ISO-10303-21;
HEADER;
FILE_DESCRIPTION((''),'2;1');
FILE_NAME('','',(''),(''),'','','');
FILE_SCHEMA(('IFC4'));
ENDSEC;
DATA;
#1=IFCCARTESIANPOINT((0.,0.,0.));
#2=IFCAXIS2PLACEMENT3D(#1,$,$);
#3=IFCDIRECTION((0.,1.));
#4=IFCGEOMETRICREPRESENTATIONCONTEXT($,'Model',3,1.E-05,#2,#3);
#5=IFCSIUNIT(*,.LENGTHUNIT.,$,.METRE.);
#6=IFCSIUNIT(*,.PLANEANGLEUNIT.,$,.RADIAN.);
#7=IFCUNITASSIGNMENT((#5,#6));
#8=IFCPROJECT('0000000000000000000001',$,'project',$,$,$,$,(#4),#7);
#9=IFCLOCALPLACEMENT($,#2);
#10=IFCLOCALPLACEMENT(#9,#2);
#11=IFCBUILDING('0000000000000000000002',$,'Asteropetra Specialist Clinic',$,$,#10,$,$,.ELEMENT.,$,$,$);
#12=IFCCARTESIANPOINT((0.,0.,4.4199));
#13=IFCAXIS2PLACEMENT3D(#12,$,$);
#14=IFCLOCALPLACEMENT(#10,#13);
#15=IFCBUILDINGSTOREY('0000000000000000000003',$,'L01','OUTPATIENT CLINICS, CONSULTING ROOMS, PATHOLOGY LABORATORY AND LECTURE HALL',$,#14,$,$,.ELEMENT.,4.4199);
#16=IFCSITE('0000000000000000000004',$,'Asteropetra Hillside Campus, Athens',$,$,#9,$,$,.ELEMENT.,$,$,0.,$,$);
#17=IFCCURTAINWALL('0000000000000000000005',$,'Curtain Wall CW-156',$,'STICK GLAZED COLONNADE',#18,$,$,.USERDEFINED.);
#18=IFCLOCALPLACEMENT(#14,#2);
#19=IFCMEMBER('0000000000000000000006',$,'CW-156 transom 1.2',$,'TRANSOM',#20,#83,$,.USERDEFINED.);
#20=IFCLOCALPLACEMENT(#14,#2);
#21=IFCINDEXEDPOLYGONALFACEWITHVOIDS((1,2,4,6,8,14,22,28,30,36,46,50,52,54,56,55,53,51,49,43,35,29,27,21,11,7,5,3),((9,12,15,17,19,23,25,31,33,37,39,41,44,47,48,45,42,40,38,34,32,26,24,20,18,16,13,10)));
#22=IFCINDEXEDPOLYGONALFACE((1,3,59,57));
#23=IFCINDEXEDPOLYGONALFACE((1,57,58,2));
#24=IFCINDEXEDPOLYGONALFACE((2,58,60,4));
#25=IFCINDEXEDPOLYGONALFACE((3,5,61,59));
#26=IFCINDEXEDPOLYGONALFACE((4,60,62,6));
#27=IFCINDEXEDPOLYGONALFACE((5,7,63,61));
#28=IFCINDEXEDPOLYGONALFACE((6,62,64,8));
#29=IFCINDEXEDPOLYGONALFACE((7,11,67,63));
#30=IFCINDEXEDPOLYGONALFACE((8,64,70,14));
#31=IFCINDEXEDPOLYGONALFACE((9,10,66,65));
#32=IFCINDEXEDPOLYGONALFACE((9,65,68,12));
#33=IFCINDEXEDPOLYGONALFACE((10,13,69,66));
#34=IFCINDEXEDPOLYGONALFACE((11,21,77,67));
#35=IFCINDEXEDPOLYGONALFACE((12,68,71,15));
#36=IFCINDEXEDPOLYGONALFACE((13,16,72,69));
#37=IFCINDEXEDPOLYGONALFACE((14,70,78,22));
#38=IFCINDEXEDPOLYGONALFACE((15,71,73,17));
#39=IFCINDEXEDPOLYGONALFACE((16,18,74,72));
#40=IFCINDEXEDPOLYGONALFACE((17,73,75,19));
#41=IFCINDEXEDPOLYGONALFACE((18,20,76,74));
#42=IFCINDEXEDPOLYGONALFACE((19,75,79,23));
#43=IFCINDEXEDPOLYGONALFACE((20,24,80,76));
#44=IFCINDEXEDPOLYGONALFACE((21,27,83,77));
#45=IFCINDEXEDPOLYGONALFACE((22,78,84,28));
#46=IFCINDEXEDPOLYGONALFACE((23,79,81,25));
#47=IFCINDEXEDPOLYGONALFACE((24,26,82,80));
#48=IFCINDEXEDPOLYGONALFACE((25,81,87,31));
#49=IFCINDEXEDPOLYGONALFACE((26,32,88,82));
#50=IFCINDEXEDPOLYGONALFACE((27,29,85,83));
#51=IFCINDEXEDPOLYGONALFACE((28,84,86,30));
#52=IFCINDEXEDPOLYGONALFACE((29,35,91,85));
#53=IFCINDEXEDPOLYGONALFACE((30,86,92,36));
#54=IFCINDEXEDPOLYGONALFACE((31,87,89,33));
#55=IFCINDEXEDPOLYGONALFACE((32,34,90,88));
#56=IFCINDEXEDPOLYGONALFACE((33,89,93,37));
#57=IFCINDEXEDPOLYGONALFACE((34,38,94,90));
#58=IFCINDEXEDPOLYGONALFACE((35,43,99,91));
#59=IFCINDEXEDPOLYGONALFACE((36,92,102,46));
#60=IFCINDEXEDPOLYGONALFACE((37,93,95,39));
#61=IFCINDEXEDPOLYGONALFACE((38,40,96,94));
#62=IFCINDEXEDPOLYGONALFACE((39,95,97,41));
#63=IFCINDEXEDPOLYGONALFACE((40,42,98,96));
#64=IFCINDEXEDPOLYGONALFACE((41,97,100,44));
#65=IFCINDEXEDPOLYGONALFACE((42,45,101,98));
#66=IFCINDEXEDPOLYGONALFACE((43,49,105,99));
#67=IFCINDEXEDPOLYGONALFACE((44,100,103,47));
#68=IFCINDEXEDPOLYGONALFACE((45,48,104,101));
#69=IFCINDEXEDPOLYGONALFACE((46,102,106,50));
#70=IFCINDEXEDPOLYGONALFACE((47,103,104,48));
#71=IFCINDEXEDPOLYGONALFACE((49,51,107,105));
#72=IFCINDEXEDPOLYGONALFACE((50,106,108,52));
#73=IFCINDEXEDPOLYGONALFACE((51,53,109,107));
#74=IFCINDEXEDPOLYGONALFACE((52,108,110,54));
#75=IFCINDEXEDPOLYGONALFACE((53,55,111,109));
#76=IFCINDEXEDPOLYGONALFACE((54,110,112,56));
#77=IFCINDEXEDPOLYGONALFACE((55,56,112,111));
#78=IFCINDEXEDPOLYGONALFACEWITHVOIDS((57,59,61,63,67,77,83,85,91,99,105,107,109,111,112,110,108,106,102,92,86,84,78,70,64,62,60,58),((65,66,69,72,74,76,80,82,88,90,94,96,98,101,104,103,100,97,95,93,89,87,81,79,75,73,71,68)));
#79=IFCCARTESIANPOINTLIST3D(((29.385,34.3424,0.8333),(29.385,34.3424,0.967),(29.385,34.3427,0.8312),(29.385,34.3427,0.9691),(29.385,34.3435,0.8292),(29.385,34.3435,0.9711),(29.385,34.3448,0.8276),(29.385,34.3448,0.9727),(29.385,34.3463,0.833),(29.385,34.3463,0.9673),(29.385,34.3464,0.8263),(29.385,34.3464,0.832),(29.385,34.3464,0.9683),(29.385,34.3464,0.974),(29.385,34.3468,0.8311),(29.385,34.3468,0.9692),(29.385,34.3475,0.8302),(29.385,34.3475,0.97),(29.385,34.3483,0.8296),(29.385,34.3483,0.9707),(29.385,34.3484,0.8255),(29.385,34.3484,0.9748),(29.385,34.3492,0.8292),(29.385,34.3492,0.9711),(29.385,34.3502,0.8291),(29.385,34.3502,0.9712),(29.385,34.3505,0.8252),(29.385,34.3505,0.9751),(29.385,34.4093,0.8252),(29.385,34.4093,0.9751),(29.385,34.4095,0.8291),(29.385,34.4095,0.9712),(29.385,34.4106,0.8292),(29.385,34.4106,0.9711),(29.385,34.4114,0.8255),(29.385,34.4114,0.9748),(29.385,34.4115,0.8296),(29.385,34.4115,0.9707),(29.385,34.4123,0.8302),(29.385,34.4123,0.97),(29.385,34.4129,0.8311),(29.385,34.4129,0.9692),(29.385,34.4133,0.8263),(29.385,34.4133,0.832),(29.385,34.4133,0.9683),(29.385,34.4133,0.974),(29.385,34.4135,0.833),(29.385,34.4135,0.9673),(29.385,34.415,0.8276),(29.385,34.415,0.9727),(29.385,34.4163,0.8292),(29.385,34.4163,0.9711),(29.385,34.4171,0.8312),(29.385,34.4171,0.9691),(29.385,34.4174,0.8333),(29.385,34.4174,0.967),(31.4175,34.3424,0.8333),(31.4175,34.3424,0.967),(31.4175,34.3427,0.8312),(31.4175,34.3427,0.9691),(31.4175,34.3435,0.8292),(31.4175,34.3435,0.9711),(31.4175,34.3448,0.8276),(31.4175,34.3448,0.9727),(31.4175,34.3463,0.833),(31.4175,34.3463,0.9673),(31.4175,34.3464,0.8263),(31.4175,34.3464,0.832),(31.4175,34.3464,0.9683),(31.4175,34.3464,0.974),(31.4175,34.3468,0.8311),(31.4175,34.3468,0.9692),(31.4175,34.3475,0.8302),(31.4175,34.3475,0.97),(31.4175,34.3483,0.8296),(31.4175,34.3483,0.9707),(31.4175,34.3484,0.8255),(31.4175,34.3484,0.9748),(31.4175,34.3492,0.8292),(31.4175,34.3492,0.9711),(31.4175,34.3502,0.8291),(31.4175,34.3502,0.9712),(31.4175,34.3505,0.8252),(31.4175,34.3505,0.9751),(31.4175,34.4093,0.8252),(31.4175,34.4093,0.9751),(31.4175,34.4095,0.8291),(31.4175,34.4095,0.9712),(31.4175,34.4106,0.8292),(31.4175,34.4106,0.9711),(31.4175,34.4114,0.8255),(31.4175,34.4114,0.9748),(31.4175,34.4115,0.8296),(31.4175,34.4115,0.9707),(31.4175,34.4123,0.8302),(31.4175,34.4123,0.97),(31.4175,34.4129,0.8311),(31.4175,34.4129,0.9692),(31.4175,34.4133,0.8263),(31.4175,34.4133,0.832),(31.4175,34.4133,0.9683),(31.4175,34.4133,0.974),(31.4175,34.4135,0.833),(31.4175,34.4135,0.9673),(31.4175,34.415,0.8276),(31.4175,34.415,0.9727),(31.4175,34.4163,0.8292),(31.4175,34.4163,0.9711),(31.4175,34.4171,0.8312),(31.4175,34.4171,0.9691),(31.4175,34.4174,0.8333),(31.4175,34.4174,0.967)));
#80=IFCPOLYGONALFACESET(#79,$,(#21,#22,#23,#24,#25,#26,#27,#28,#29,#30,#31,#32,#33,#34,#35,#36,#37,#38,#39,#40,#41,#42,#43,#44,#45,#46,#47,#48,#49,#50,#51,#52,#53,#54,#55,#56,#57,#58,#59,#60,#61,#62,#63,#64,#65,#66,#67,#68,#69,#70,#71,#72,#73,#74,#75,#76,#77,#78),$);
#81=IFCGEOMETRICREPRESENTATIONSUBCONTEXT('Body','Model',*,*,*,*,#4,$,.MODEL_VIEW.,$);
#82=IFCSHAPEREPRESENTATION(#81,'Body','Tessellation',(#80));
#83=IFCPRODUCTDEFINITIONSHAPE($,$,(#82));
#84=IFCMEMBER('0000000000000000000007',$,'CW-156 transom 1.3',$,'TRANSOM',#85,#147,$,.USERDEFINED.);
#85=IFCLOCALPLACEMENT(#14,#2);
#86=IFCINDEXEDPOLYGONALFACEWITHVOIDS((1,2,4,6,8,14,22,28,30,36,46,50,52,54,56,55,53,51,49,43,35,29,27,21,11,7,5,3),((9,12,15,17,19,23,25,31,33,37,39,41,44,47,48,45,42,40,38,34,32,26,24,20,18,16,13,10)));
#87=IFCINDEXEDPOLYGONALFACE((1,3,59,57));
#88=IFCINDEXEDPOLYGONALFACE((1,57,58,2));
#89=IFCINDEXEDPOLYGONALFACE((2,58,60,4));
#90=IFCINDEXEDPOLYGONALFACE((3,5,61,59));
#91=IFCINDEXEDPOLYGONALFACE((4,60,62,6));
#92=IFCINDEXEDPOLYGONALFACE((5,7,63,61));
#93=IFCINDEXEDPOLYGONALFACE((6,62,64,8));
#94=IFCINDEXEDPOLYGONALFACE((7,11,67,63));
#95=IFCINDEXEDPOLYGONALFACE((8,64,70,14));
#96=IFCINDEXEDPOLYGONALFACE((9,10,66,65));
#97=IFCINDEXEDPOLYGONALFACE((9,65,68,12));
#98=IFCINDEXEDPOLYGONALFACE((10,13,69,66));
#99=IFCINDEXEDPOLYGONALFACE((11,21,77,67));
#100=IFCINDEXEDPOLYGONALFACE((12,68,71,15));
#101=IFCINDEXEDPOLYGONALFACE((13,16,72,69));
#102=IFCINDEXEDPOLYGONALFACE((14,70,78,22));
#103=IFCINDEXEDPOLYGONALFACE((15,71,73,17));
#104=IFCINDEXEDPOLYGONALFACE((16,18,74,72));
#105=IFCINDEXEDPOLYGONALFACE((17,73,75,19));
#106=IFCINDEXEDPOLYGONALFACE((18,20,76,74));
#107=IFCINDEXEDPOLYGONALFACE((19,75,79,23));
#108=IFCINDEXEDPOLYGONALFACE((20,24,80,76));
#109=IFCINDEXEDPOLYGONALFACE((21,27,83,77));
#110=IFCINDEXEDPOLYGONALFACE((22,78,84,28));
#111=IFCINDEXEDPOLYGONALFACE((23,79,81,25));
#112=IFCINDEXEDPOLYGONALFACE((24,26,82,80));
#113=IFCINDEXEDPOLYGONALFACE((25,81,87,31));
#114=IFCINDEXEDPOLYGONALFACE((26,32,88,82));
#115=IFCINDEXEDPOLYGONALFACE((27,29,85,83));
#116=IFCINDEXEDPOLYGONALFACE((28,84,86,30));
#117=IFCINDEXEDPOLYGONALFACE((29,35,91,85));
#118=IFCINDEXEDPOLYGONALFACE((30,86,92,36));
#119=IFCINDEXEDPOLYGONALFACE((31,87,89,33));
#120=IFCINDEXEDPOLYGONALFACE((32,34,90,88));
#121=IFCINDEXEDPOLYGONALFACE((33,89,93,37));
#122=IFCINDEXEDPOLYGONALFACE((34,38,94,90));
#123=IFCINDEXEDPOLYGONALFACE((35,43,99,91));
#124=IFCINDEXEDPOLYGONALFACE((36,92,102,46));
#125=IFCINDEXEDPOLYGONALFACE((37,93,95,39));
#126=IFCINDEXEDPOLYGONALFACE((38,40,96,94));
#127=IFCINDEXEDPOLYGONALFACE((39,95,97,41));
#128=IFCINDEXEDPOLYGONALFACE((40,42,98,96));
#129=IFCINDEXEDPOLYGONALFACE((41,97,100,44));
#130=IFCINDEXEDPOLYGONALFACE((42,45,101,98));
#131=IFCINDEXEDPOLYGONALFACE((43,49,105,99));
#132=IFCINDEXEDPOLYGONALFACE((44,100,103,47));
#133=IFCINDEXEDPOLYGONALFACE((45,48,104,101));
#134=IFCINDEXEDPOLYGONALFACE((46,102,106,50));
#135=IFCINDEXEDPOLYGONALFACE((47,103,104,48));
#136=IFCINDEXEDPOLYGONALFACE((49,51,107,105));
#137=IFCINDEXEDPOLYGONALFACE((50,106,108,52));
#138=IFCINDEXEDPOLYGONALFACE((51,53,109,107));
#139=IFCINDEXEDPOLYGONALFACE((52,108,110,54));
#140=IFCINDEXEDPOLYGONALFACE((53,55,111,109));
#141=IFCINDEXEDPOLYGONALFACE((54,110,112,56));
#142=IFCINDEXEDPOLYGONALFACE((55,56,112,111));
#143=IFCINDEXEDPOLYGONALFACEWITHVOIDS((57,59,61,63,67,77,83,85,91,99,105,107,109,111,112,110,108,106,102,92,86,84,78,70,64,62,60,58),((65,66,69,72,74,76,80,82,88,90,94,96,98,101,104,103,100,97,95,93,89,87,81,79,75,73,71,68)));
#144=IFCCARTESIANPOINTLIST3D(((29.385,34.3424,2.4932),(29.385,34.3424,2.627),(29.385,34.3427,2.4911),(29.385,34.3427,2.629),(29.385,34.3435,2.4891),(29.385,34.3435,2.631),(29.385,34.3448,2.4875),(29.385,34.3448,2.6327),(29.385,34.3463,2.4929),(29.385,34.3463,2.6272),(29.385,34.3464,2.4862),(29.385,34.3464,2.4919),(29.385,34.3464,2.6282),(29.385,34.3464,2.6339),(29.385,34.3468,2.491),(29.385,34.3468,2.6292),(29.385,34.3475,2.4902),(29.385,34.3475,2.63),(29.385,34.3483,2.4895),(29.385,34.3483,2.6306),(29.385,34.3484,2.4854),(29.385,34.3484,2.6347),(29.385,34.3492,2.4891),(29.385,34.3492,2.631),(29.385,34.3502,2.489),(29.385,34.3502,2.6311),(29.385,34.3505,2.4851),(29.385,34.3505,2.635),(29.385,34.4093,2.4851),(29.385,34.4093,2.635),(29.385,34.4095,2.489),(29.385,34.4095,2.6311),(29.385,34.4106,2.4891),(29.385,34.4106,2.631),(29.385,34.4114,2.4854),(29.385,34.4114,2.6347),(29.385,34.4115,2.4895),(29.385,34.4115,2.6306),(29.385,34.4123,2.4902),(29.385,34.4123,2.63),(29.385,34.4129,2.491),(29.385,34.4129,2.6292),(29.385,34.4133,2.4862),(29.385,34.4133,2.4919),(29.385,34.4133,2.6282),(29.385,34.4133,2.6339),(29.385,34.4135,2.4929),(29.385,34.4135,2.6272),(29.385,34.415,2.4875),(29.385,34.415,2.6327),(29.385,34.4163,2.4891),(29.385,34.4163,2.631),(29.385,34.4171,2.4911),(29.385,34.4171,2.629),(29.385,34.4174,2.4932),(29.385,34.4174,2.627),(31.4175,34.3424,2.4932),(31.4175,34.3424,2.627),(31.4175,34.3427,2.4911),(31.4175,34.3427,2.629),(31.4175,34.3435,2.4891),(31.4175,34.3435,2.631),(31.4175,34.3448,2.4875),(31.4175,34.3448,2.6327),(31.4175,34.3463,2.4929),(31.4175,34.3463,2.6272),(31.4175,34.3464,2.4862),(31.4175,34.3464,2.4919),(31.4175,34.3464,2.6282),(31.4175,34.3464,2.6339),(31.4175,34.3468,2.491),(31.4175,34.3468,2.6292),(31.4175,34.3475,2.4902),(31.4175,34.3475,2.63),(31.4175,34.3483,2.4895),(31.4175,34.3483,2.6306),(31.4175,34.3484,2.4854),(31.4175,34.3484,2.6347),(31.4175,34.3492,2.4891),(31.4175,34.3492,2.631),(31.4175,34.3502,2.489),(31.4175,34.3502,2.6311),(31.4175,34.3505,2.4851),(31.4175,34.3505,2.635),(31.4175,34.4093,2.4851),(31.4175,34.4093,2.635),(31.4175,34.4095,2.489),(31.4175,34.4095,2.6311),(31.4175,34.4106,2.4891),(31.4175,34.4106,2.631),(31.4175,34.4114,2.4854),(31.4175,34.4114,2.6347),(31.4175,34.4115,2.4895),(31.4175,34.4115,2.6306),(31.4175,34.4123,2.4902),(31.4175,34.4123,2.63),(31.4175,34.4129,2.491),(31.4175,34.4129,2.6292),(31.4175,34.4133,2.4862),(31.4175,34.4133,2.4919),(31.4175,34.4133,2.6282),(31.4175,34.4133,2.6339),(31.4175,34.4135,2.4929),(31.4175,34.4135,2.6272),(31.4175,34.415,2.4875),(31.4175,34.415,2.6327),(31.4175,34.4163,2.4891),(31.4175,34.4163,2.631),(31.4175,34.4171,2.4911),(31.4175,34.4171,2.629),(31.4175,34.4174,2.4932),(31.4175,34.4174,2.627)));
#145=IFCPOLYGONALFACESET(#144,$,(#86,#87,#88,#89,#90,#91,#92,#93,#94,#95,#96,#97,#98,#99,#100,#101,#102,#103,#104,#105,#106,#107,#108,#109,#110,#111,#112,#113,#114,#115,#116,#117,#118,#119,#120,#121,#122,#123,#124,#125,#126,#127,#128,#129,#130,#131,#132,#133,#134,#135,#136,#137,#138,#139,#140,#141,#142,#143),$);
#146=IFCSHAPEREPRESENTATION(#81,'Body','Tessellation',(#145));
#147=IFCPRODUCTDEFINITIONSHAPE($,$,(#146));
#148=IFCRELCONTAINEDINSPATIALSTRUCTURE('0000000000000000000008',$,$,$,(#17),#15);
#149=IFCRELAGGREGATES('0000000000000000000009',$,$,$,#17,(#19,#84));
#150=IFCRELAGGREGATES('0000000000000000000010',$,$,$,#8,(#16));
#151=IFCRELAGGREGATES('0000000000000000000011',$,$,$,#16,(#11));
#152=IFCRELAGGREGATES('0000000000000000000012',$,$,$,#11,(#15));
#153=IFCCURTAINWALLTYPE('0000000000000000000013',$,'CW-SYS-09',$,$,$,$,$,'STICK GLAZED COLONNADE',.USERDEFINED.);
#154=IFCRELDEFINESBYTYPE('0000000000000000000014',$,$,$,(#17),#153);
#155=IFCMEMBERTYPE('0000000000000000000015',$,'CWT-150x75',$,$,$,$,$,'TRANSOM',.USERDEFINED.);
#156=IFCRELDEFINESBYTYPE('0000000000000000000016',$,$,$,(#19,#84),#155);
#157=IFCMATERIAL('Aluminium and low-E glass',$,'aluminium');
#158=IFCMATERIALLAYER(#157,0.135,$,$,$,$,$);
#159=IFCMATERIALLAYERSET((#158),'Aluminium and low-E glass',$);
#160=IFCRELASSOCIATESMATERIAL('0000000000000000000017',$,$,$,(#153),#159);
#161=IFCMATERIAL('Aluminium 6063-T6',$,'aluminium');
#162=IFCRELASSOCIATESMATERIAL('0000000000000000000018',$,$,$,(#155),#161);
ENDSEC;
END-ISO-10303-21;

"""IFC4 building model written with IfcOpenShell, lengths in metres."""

from ifc_helpers import new_model, si_unit, direction, frame, origin, origin_2d, place, context, subcontext, project, spatial, hollow_rectangle, extrude, material, layer, layer_set, material_profile, profile_set, type_object, element, aggregate, save


model = new_model("IFC4")

# Units and contexts
model_context = context("Model", 3, precision=1e-05, world=origin(), true_north=direction((0.0, 1.0)))
body_context = subcontext(model_context, "Body", "Model", "MODEL_VIEW")
ifc_project = project(units=[si_unit("LENGTHUNIT", "METRE"), si_unit("PLANEANGLEUNIT", "RADIAN")], contexts=[model_context])

# Site, building, storey
site_placement = place(None, origin())
site = spatial("IfcSite", under=ifc_project, at=site_placement, Name="Asteropetra Hillside Campus, Athens", CompositionType="ELEMENT", RefElevation=0.0)
building_placement = place(site_placement, origin())
building = spatial("IfcBuilding", under=site, at=building_placement, Name="Asteropetra Specialist Clinic", CompositionType="ELEMENT")
storey_placement = place(building_placement, frame((0.0, 0.0, 4.4199)))
storey = spatial("IfcBuildingStorey", under=building, at=storey_placement, Name="L01", Description="OUTPATIENT CLINICS, CONSULTING ROOMS, PATHOLOGY LABORATORY AND LECTURE HALL", CompositionType="ELEMENT", Elevation=4.4199)

# Curtain wall, members
ifc_material_1 = material(Name="Aluminium and low-E glass", Category="aluminium")
ifc_layer_1 = layer(ifc_material_1, 0.135)
ifc_layer_set_1 = layer_set([ifc_layer_1], Name="Aluminium and low-E glass")
curtain_wall_type = type_object("IfcCurtainWallType", Name="CW-SYS-09", ElementType="STICK GLAZED COLONNADE", PredefinedType="USERDEFINED", material=ifc_layer_set_1)
curtain_wall_placement = place(storey_placement, origin())
curtain_wall = element("IfcCurtainWall", 1, at=curtain_wall_placement, inside=storey, type_object=curtain_wall_type, Name="Curtain Wall CW-156", ObjectType="STICK GLAZED COLONNADE", PredefinedType="USERDEFINED")
ifc_material_2 = material(Name="Aluminium 6063-T6", Category="aluminium")
ifc_material_profile_1 = material_profile(ifc_material_2, hollow_rectangle(XDim=0.075, YDim=0.1499, WallThickness=0.0039, InnerFilletRadius=0.0039, OuterFilletRadius=0.0081, at=origin_2d()), Name="TRN 150x75x4.0")
ifc_profile_set_1 = profile_set([ifc_material_profile_1], Name="Aluminium 6063-T6")
member_type_1 = type_object("IfcMemberType", Name="CWT-150x75", ElementType="TRANSOM", PredefinedType="USERDEFINED", material=ifc_profile_set_1)
member_1_placement = place(storey_placement, frame((29.385, 34.3799, 0.9001), z_axis=(1.0, 0.0, 0.0), x_axis=(0.0, 1.0, 0.0)))
member_1 = element("IfcMember", 2, at=member_1_placement, type_object=member_type_1, Name="CW-156 transom 1.2", ObjectType="TRANSOM", PredefinedType="USERDEFINED", context=body_context, shape_type="SweptSolid", body=[
    extrude(hollow_rectangle(XDim=0.075, YDim=0.1499, WallThickness=0.0039, InnerFilletRadius=0.0039, OuterFilletRadius=0.0081, at=origin_2d()), origin(), (0.0, 0.0, 1.0), 2.0325),
])
member_2_placement = place(storey_placement, frame((29.385, 34.3799, 2.5601), z_axis=(1.0, 0.0, 0.0), x_axis=(0.0, 1.0, 0.0)))
member_2 = element("IfcMember", 3, at=member_2_placement, type_object=member_type_1, Name="CW-156 transom 1.3", ObjectType="TRANSOM", PredefinedType="USERDEFINED", context=body_context, shape_type="SweptSolid", body=[
    extrude(hollow_rectangle(XDim=0.075, YDim=0.1499, WallThickness=0.0039, InnerFilletRadius=0.0039, OuterFilletRadius=0.0081, at=origin_2d()), origin(), (0.0, 0.0, 1.0), 2.0325),
])

aggregate(curtain_wall, [member_1, member_2])

save(model, "model.ifc")
